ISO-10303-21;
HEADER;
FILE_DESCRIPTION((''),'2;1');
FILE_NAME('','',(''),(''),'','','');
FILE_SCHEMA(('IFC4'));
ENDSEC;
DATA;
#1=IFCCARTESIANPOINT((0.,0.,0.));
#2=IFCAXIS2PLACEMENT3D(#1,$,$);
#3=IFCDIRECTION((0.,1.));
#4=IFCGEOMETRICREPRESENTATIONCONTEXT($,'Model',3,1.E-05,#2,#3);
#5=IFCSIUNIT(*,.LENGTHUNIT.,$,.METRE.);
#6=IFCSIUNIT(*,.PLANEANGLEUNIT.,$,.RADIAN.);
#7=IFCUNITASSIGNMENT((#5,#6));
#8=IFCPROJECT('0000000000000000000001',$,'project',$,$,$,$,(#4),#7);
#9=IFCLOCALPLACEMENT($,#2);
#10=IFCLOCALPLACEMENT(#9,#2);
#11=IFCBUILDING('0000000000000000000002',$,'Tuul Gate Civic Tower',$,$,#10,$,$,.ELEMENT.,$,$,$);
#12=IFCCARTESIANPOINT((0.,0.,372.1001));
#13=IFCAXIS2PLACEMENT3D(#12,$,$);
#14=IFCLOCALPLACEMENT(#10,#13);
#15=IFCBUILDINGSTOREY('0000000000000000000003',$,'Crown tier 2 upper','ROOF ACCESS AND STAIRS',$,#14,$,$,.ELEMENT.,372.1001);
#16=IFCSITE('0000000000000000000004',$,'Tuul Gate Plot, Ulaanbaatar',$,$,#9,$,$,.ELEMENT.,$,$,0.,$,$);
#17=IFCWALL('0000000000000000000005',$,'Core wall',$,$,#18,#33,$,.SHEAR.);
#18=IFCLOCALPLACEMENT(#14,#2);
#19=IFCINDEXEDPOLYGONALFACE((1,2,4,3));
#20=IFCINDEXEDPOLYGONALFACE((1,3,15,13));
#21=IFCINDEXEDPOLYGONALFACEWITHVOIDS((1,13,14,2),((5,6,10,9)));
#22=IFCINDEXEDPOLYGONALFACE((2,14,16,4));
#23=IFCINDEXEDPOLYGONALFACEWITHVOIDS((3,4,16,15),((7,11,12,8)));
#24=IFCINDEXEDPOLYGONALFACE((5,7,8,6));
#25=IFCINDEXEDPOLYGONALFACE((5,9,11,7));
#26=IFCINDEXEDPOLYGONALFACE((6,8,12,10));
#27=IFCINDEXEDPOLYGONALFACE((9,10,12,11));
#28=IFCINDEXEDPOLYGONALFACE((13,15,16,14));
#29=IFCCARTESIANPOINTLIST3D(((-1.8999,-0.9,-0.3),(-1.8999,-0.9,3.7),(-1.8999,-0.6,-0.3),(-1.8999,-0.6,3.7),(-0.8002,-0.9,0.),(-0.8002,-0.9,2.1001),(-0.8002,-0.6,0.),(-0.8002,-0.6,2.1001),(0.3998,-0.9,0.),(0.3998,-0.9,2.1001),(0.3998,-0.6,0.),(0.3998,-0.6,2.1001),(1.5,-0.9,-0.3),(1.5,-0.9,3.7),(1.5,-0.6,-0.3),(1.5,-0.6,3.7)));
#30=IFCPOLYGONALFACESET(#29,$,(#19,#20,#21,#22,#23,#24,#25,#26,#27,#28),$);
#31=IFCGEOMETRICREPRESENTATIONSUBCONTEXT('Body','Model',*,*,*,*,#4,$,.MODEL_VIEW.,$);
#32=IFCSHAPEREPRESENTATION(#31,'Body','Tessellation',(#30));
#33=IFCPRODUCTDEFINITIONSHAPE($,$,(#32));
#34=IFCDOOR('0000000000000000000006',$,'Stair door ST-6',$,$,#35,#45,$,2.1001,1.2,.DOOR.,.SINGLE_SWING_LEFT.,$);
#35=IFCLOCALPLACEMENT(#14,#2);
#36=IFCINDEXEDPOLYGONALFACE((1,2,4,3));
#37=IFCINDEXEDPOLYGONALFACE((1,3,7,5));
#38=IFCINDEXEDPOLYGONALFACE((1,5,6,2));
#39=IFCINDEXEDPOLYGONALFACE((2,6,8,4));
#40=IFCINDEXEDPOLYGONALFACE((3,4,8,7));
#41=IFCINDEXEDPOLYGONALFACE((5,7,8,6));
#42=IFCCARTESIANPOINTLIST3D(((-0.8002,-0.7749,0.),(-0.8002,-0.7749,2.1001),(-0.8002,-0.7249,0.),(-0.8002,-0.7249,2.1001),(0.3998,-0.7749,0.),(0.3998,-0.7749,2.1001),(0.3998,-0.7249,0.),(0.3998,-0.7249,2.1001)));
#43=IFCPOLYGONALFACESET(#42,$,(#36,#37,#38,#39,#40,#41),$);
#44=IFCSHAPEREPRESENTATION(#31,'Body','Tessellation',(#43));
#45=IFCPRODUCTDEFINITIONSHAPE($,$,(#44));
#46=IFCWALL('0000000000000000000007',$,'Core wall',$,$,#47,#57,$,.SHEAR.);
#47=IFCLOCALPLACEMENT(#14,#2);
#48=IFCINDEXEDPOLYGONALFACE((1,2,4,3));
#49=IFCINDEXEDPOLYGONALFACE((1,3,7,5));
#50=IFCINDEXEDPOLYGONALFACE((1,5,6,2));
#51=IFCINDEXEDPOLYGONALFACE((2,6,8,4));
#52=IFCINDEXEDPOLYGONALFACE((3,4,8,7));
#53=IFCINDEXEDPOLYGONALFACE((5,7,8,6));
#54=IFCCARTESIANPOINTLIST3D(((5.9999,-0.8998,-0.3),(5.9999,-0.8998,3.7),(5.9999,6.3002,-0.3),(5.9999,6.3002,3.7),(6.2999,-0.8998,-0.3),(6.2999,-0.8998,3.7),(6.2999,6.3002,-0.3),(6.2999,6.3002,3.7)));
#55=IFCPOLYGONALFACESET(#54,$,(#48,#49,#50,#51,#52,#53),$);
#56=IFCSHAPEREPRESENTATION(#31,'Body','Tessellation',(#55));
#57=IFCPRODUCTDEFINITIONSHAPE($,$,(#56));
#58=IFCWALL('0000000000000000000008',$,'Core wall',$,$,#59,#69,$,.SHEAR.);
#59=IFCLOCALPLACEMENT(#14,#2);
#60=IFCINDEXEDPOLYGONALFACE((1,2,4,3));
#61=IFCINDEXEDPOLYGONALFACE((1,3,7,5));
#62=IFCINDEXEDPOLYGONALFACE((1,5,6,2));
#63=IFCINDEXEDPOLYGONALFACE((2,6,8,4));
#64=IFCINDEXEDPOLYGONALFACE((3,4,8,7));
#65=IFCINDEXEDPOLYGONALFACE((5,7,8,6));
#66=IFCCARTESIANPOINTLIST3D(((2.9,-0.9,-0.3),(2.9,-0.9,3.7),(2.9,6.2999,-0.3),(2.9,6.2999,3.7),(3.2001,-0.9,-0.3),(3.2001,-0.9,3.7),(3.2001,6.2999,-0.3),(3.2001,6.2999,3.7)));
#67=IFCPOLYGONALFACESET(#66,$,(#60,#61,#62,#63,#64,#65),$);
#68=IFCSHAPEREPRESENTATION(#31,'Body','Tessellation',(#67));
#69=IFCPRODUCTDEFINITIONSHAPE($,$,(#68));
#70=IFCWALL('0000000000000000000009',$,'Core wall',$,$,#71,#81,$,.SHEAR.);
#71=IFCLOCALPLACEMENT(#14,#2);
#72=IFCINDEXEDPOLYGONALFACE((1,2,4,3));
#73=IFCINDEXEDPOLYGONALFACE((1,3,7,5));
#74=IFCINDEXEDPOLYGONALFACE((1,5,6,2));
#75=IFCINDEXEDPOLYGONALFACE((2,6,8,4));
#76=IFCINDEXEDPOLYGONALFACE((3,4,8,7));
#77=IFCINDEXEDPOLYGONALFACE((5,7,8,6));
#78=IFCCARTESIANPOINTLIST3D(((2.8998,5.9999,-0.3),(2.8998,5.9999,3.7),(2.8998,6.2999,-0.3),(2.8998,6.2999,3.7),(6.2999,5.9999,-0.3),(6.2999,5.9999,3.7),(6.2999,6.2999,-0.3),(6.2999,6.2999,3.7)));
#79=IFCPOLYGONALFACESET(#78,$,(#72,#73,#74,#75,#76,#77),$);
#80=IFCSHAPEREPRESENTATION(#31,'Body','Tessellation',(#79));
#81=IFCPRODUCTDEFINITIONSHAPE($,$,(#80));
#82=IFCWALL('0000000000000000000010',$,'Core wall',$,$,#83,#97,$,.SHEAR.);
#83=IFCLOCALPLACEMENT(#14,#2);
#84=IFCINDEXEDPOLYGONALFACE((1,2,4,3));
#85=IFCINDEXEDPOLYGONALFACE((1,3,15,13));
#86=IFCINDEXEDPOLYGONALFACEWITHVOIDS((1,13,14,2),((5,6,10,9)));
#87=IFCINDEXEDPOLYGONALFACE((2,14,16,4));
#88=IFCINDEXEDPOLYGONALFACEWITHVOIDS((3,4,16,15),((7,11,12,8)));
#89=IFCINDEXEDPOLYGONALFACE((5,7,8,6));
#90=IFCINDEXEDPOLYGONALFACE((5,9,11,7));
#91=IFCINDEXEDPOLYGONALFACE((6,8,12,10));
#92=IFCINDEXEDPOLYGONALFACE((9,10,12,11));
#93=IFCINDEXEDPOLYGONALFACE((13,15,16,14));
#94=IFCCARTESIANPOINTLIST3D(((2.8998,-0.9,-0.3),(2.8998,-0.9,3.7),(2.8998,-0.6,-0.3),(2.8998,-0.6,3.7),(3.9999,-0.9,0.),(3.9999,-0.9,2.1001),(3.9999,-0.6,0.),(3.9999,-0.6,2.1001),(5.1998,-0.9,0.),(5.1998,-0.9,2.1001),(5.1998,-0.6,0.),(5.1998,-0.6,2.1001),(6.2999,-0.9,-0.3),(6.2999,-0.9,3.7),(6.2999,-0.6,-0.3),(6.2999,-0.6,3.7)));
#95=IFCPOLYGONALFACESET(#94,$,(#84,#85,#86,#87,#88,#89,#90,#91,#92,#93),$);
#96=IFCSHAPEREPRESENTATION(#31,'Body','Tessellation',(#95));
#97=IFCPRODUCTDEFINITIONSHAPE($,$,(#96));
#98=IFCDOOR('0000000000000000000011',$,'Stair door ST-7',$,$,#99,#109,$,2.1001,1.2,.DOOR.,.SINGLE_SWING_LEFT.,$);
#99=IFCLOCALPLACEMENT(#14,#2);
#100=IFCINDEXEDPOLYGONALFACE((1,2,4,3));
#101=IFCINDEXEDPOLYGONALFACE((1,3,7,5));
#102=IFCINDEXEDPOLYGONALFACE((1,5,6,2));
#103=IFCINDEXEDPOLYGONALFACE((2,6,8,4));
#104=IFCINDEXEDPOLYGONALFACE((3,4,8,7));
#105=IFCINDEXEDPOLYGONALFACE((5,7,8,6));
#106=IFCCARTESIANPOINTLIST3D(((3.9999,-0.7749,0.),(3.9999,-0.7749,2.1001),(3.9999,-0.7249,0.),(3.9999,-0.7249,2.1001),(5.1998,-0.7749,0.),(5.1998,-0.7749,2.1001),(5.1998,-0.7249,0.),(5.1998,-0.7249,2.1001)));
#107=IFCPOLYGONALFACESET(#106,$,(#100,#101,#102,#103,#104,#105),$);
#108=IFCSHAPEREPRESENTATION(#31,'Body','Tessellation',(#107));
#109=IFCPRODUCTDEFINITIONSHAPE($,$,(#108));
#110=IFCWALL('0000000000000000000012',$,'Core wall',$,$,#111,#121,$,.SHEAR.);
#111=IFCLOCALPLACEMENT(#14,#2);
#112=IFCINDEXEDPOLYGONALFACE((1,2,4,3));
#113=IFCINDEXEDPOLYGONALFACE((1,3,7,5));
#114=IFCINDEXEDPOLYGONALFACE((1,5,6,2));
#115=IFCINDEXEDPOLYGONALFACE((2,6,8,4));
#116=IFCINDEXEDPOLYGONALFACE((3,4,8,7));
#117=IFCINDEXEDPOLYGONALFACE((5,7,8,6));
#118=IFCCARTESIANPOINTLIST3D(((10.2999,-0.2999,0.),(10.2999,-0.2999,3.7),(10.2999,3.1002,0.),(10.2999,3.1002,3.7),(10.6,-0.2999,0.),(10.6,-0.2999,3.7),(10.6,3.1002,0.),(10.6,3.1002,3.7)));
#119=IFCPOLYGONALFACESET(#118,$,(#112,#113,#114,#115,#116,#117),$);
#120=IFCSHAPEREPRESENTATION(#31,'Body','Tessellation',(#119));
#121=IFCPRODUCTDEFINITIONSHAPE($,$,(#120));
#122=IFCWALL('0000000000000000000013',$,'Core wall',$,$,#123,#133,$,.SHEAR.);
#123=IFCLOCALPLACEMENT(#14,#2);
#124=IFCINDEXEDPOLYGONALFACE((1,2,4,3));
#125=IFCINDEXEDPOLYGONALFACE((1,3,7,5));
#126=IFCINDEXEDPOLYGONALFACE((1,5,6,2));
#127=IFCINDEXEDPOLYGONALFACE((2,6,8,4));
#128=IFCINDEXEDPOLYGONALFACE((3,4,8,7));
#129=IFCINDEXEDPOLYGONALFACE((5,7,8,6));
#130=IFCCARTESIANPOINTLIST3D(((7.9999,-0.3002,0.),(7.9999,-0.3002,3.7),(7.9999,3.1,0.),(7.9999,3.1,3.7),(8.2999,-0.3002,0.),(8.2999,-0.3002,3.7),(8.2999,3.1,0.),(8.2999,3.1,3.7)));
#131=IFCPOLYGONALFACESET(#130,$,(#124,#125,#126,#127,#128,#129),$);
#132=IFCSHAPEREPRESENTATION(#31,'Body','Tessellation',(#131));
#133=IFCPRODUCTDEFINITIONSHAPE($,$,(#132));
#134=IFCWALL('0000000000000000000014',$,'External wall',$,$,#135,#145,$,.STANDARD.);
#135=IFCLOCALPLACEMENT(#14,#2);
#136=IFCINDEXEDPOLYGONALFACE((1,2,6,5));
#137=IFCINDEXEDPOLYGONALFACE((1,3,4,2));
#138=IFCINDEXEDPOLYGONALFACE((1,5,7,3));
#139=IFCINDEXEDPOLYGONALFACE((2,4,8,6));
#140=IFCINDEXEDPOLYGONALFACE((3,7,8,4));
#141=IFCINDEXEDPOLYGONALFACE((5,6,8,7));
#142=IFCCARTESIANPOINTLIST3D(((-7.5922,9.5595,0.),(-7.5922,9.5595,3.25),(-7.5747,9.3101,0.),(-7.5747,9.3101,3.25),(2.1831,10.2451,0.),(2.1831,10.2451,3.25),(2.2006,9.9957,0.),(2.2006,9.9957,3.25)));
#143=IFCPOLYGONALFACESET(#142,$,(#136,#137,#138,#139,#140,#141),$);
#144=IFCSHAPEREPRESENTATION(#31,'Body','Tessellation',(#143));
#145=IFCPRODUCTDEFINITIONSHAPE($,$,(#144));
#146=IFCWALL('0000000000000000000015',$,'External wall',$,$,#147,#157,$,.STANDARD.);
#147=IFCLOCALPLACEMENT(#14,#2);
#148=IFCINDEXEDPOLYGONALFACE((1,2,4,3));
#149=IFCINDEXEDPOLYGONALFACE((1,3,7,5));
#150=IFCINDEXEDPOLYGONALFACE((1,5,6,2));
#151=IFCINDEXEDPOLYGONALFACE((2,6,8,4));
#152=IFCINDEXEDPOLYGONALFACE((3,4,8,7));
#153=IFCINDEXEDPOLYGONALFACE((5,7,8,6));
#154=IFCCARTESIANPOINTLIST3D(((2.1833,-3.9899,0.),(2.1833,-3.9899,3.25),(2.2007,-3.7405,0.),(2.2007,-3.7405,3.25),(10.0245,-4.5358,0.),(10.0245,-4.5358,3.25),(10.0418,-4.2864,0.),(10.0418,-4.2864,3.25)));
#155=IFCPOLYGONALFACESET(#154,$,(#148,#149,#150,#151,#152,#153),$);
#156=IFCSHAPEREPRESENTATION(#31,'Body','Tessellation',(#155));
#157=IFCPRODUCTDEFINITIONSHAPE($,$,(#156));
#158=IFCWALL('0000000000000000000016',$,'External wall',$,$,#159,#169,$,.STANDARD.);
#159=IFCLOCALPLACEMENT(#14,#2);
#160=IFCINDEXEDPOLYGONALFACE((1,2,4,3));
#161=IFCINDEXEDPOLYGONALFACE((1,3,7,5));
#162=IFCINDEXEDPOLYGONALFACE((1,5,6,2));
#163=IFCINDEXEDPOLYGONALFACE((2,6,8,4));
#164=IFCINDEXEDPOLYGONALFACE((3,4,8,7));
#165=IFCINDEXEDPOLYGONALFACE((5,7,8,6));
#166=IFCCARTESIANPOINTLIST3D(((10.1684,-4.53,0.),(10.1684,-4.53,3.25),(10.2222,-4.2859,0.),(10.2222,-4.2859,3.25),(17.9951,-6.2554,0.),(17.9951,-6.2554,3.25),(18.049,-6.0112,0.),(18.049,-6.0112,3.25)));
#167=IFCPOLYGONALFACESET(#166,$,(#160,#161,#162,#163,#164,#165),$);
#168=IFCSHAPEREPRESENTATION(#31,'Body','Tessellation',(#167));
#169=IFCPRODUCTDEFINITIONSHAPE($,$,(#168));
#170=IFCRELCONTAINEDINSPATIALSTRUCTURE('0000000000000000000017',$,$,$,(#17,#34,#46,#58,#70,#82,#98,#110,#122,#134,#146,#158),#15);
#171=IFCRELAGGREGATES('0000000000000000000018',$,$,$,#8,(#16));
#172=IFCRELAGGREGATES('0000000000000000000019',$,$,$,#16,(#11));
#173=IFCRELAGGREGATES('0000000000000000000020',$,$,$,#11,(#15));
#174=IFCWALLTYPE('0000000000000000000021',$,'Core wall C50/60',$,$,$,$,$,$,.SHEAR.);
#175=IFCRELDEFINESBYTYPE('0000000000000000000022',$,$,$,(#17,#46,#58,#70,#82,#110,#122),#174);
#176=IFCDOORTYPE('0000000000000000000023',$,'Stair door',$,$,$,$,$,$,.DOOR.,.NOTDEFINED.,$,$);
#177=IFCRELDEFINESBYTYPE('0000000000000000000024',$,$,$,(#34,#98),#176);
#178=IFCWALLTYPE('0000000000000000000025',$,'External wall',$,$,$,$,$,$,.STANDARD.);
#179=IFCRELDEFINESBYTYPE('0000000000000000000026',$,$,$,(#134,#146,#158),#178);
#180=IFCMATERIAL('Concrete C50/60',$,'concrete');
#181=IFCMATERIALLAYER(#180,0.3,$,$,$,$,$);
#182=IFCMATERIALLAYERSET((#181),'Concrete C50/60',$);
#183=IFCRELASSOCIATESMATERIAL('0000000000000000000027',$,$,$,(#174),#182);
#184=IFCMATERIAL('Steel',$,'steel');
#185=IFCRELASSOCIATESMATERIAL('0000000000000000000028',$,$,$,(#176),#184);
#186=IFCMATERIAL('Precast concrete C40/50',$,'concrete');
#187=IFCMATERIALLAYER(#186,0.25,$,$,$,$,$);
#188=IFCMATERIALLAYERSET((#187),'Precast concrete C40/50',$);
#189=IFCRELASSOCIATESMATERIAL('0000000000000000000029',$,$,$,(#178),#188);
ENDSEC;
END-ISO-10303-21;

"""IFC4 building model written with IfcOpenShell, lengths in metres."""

from ifc_helpers import new_model, si_unit, direction, frame, frame_2d, origin, place, context, subcontext, project, spatial, rectangle, extrude, material, layer, layer_set, type_object, element, fill, save


model = new_model("IFC4")

# Units and contexts
model_context = context("Model", 3, precision=1e-05, world=origin(), true_north=direction((0.0, 1.0)))
body_context = subcontext(model_context, "Body", "Model", "MODEL_VIEW")
ifc_project = project(units=[si_unit("LENGTHUNIT", "METRE"), si_unit("PLANEANGLEUNIT", "RADIAN")], contexts=[model_context])

# Site, building, storey
site_placement = place(None, origin())
site = spatial("IfcSite", under=ifc_project, at=site_placement, Name="Tuul Gate Plot, Ulaanbaatar", CompositionType="ELEMENT", RefElevation=0.0)
building_placement = place(site_placement, origin())
building = spatial("IfcBuilding", under=site, at=building_placement, Name="Tuul Gate Civic Tower", CompositionType="ELEMENT")
storey_placement = place(building_placement, frame((0.0, 0.0, 372.1001)))
storey = spatial("IfcBuildingStorey", under=building, at=storey_placement, Name="Crown tier 2 upper", Description="ROOF ACCESS AND STAIRS", CompositionType="ELEMENT", Elevation=372.1001)

# Shared definitions
ifc_material_1 = material(Name="Concrete C50/60", Category="concrete")
ifc_layer_1 = layer(ifc_material_1, 0.3)
ifc_layer_set_1 = layer_set([ifc_layer_1], Name="Concrete C50/60")
wall_type_1 = type_object("IfcWallType", Name="Core wall C50/60", PredefinedType="SHEAR", material=ifc_layer_set_1)

# Wall, opening, door
wall_1_placement = place(storey_placement, frame((1.5, -0.75, -0.3), z_axis=(0.0, 0.0, 1.0), x_axis=(-1.0, 0.0, 0.0)))
wall_1 = element("IfcWall", 1, at=wall_1_placement, inside=storey, type_object=wall_type_1, Name="Core wall", PredefinedType="SHEAR", context=body_context, shape_type="SweptSolid", body=[
    extrude(rectangle(XDim=3.3999, YDim=0.3, at=frame_2d((1.7, 0.0))), origin(), (0.0, 0.0, 1.0), 4.0),
])
opening_1_placement = place(wall_1_placement, frame((1.1001, 0.0, 0.3)))
opening_1 = element("IfcOpeningElement", 2, at=opening_1_placement, cuts=wall_1, PredefinedType="OPENING", context=body_context, shape_type="SweptSolid", body=[
    extrude(rectangle(XDim=1.2, YDim=2.1001, at=frame_2d((0.6001, 1.05))), frame((0.0, 0.1602, 0.0), z_axis=(0.0, -1.0, 0.0), x_axis=(1.0, 0.0, 0.0)), (0.0, 0.0, 1.0), 0.3201),
])
ifc_material_2 = material(Name="Steel", Category="steel")
door_type = type_object("IfcDoorType", Name="Stair door", OperationType="NOTDEFINED", PredefinedType="DOOR", material=ifc_material_2)
door_1_placement = place(opening_1_placement, origin())
door_1 = element("IfcDoor", 3, at=door_1_placement, inside=storey, type_object=door_type, Name="Stair door ST-6", OperationType="SINGLE_SWING_LEFT", OverallHeight=2.1001, OverallWidth=1.2, PredefinedType="DOOR", context=body_context, shape_type="SweptSolid", body=[
    extrude(rectangle(XDim=1.2, YDim=2.1001, at=frame_2d((0.6001, 1.05))), frame((0.0, 0.0249, 0.0), z_axis=(0.0, -1.0, 0.0), x_axis=(1.0, 0.0, 0.0)), (0.0, 0.0, 1.0), 0.05),
])
fill(opening_1, door_1)

# Walls
for number, where, z_axis, x_axis, name in (
    (4, (6.1499, -0.8999, -0.3), (0.0, 0.0, 1.0), (0.0, 1.0, 0.0), "Core wall"),
    (5, (3.05, 6.3, -0.3), (0.0, 0.0, 1.0), (0.0, -1.0, 0.0), "Core wall"),
):
    element("IfcWall", number, at=place(storey_placement, frame(where, z_axis=z_axis, x_axis=x_axis)), inside=storey, type_object=wall_type_1, Name=name, PredefinedType="SHEAR", context=body_context, shape_type="SweptSolid", body=[
        extrude(rectangle(XDim=7.2, YDim=0.3, at=frame_2d((3.6001, 0.0))), origin(), (0.0, 0.0, 1.0), 4.0),
    ])
wall_2_placement = place(storey_placement, frame((6.3, 6.1499, -0.3), z_axis=(0.0, 0.0, 1.0), x_axis=(-1.0, 0.0, 0.0)))
element("IfcWall", 6, at=wall_2_placement, inside=storey, type_object=wall_type_1, Name="Core wall", PredefinedType="SHEAR", context=body_context, shape_type="SweptSolid", body=[
    extrude(rectangle(XDim=3.4001, YDim=0.3, at=frame_2d((1.7002, 0.0))), origin(), (0.0, 0.0, 1.0), 4.0),
])

# Wall, opening, door
wall_3_placement = place(storey_placement, frame((6.3, -0.75, -0.3), z_axis=(0.0, 0.0, 1.0), x_axis=(-1.0, 0.0, 0.0)))
wall_3 = element("IfcWall", 7, at=wall_3_placement, inside=storey, type_object=wall_type_1, Name="Core wall", PredefinedType="SHEAR", context=body_context, shape_type="SweptSolid", body=[
    extrude(rectangle(XDim=3.4001, YDim=0.3, at=frame_2d((1.7002, 0.0))), origin(), (0.0, 0.0, 1.0), 4.0),
])
opening_2_placement = place(wall_3_placement, frame((1.1001, 0.0, 0.3)))
opening_2 = element("IfcOpeningElement", 8, at=opening_2_placement, cuts=wall_3, PredefinedType="OPENING", context=body_context, shape_type="SweptSolid", body=[
    extrude(rectangle(XDim=1.2, YDim=2.1001, at=frame_2d((0.6001, 1.05))), frame((0.0, 0.1602, 0.0), z_axis=(0.0, -1.0, 0.0), x_axis=(1.0, 0.0, 0.0)), (0.0, 0.0, 1.0), 0.3201),
])
door_2_placement = place(opening_2_placement, origin())
door_2 = element("IfcDoor", 9, at=door_2_placement, inside=storey, type_object=door_type, Name="Stair door ST-7", OperationType="SINGLE_SWING_LEFT", OverallHeight=2.1001, OverallWidth=1.2, PredefinedType="DOOR", context=body_context, shape_type="SweptSolid", body=[
    extrude(rectangle(XDim=1.2, YDim=2.1001, at=frame_2d((0.6001, 1.05))), frame((0.0, 0.0249, 0.0), z_axis=(0.0, -1.0, 0.0), x_axis=(1.0, 0.0, 0.0)), (0.0, 0.0, 1.0), 0.05),
])
fill(opening_2, door_2)

# Walls
for number, where, z_axis, x_axis, name in (
    (10, (10.45, -0.3, 0.0), (0.0, 0.0, 1.0), (0.0, 1.0, 0.0), "Core wall"),
    (11, (8.1499, 3.1001, 0.0), (0.0, 0.0, 1.0), (0.0, -1.0, 0.0), "Core wall"),
):
    element("IfcWall", number, at=place(storey_placement, frame(where, z_axis=z_axis, x_axis=x_axis)), inside=storey, type_object=wall_type_1, Name=name, PredefinedType="SHEAR", context=body_context, shape_type="SweptSolid", body=[
        extrude(rectangle(XDim=3.4001, YDim=0.3, at=frame_2d((1.7002, 0.0))), origin(), (0.0, 0.0, 1.0), 3.7),
    ])
ifc_material_3 = material(Name="Precast concrete C40/50", Category="concrete")
ifc_layer_2 = layer(ifc_material_3, 0.25)
ifc_layer_set_2 = layer_set([ifc_layer_2], Name="Precast concrete C40/50")
wall_type_2 = type_object("IfcWallType", Name="External wall", PredefinedType="STANDARD", material=ifc_layer_set_2)
wall_4_placement = place(storey_placement, frame((2.1919, 10.1204, 0.0), z_axis=(0.0, 0.0, 1.0), x_axis=(-0.99755, -0.069958, 0.0)))
element("IfcWall", 12, at=wall_4_placement, inside=storey, type_object=wall_type_2, Name="External wall", PredefinedType="STANDARD", context=body_context, shape_type="SweptSolid", body=[
    extrude(rectangle(XDim=9.7993, YDim=0.25, at=frame_2d((4.8997, 0.0))), origin(), (0.0, 0.0, 1.0), 3.25),
])
wall_5_placement = place(storey_placement, frame((2.1919, -3.8652, 0.0), z_axis=(0.0, 0.0, 1.0), x_axis=(0.997585, -0.069452, 0.0)))
element("IfcWall", 13, at=wall_5_placement, inside=storey, type_object=wall_type_2, Name="External wall", PredefinedType="STANDARD", context=body_context, shape_type="SweptSolid", body=[
    extrude(rectangle(XDim=7.8601, YDim=0.25, at=frame_2d((3.9302, 0.0))), origin(), (0.0, 0.0, 1.0), 3.25),
])
wall_6_placement = place(storey_placement, frame((10.1953, -4.408, 0.0), z_axis=(0.0, 0.0, 1.0), x_axis=(0.976553, -0.215276, 0.0)))
element("IfcWall", 14, at=wall_6_placement, inside=storey, type_object=wall_type_2, Name="External wall", PredefinedType="STANDARD", context=body_context, shape_type="SweptSolid", body=[
    extrude(rectangle(XDim=8.0146, YDim=0.25, at=frame_2d((4.0073, 0.0))), origin(), (0.0, 0.0, 1.0), 3.25),
])

save(model, "model.ifc")
